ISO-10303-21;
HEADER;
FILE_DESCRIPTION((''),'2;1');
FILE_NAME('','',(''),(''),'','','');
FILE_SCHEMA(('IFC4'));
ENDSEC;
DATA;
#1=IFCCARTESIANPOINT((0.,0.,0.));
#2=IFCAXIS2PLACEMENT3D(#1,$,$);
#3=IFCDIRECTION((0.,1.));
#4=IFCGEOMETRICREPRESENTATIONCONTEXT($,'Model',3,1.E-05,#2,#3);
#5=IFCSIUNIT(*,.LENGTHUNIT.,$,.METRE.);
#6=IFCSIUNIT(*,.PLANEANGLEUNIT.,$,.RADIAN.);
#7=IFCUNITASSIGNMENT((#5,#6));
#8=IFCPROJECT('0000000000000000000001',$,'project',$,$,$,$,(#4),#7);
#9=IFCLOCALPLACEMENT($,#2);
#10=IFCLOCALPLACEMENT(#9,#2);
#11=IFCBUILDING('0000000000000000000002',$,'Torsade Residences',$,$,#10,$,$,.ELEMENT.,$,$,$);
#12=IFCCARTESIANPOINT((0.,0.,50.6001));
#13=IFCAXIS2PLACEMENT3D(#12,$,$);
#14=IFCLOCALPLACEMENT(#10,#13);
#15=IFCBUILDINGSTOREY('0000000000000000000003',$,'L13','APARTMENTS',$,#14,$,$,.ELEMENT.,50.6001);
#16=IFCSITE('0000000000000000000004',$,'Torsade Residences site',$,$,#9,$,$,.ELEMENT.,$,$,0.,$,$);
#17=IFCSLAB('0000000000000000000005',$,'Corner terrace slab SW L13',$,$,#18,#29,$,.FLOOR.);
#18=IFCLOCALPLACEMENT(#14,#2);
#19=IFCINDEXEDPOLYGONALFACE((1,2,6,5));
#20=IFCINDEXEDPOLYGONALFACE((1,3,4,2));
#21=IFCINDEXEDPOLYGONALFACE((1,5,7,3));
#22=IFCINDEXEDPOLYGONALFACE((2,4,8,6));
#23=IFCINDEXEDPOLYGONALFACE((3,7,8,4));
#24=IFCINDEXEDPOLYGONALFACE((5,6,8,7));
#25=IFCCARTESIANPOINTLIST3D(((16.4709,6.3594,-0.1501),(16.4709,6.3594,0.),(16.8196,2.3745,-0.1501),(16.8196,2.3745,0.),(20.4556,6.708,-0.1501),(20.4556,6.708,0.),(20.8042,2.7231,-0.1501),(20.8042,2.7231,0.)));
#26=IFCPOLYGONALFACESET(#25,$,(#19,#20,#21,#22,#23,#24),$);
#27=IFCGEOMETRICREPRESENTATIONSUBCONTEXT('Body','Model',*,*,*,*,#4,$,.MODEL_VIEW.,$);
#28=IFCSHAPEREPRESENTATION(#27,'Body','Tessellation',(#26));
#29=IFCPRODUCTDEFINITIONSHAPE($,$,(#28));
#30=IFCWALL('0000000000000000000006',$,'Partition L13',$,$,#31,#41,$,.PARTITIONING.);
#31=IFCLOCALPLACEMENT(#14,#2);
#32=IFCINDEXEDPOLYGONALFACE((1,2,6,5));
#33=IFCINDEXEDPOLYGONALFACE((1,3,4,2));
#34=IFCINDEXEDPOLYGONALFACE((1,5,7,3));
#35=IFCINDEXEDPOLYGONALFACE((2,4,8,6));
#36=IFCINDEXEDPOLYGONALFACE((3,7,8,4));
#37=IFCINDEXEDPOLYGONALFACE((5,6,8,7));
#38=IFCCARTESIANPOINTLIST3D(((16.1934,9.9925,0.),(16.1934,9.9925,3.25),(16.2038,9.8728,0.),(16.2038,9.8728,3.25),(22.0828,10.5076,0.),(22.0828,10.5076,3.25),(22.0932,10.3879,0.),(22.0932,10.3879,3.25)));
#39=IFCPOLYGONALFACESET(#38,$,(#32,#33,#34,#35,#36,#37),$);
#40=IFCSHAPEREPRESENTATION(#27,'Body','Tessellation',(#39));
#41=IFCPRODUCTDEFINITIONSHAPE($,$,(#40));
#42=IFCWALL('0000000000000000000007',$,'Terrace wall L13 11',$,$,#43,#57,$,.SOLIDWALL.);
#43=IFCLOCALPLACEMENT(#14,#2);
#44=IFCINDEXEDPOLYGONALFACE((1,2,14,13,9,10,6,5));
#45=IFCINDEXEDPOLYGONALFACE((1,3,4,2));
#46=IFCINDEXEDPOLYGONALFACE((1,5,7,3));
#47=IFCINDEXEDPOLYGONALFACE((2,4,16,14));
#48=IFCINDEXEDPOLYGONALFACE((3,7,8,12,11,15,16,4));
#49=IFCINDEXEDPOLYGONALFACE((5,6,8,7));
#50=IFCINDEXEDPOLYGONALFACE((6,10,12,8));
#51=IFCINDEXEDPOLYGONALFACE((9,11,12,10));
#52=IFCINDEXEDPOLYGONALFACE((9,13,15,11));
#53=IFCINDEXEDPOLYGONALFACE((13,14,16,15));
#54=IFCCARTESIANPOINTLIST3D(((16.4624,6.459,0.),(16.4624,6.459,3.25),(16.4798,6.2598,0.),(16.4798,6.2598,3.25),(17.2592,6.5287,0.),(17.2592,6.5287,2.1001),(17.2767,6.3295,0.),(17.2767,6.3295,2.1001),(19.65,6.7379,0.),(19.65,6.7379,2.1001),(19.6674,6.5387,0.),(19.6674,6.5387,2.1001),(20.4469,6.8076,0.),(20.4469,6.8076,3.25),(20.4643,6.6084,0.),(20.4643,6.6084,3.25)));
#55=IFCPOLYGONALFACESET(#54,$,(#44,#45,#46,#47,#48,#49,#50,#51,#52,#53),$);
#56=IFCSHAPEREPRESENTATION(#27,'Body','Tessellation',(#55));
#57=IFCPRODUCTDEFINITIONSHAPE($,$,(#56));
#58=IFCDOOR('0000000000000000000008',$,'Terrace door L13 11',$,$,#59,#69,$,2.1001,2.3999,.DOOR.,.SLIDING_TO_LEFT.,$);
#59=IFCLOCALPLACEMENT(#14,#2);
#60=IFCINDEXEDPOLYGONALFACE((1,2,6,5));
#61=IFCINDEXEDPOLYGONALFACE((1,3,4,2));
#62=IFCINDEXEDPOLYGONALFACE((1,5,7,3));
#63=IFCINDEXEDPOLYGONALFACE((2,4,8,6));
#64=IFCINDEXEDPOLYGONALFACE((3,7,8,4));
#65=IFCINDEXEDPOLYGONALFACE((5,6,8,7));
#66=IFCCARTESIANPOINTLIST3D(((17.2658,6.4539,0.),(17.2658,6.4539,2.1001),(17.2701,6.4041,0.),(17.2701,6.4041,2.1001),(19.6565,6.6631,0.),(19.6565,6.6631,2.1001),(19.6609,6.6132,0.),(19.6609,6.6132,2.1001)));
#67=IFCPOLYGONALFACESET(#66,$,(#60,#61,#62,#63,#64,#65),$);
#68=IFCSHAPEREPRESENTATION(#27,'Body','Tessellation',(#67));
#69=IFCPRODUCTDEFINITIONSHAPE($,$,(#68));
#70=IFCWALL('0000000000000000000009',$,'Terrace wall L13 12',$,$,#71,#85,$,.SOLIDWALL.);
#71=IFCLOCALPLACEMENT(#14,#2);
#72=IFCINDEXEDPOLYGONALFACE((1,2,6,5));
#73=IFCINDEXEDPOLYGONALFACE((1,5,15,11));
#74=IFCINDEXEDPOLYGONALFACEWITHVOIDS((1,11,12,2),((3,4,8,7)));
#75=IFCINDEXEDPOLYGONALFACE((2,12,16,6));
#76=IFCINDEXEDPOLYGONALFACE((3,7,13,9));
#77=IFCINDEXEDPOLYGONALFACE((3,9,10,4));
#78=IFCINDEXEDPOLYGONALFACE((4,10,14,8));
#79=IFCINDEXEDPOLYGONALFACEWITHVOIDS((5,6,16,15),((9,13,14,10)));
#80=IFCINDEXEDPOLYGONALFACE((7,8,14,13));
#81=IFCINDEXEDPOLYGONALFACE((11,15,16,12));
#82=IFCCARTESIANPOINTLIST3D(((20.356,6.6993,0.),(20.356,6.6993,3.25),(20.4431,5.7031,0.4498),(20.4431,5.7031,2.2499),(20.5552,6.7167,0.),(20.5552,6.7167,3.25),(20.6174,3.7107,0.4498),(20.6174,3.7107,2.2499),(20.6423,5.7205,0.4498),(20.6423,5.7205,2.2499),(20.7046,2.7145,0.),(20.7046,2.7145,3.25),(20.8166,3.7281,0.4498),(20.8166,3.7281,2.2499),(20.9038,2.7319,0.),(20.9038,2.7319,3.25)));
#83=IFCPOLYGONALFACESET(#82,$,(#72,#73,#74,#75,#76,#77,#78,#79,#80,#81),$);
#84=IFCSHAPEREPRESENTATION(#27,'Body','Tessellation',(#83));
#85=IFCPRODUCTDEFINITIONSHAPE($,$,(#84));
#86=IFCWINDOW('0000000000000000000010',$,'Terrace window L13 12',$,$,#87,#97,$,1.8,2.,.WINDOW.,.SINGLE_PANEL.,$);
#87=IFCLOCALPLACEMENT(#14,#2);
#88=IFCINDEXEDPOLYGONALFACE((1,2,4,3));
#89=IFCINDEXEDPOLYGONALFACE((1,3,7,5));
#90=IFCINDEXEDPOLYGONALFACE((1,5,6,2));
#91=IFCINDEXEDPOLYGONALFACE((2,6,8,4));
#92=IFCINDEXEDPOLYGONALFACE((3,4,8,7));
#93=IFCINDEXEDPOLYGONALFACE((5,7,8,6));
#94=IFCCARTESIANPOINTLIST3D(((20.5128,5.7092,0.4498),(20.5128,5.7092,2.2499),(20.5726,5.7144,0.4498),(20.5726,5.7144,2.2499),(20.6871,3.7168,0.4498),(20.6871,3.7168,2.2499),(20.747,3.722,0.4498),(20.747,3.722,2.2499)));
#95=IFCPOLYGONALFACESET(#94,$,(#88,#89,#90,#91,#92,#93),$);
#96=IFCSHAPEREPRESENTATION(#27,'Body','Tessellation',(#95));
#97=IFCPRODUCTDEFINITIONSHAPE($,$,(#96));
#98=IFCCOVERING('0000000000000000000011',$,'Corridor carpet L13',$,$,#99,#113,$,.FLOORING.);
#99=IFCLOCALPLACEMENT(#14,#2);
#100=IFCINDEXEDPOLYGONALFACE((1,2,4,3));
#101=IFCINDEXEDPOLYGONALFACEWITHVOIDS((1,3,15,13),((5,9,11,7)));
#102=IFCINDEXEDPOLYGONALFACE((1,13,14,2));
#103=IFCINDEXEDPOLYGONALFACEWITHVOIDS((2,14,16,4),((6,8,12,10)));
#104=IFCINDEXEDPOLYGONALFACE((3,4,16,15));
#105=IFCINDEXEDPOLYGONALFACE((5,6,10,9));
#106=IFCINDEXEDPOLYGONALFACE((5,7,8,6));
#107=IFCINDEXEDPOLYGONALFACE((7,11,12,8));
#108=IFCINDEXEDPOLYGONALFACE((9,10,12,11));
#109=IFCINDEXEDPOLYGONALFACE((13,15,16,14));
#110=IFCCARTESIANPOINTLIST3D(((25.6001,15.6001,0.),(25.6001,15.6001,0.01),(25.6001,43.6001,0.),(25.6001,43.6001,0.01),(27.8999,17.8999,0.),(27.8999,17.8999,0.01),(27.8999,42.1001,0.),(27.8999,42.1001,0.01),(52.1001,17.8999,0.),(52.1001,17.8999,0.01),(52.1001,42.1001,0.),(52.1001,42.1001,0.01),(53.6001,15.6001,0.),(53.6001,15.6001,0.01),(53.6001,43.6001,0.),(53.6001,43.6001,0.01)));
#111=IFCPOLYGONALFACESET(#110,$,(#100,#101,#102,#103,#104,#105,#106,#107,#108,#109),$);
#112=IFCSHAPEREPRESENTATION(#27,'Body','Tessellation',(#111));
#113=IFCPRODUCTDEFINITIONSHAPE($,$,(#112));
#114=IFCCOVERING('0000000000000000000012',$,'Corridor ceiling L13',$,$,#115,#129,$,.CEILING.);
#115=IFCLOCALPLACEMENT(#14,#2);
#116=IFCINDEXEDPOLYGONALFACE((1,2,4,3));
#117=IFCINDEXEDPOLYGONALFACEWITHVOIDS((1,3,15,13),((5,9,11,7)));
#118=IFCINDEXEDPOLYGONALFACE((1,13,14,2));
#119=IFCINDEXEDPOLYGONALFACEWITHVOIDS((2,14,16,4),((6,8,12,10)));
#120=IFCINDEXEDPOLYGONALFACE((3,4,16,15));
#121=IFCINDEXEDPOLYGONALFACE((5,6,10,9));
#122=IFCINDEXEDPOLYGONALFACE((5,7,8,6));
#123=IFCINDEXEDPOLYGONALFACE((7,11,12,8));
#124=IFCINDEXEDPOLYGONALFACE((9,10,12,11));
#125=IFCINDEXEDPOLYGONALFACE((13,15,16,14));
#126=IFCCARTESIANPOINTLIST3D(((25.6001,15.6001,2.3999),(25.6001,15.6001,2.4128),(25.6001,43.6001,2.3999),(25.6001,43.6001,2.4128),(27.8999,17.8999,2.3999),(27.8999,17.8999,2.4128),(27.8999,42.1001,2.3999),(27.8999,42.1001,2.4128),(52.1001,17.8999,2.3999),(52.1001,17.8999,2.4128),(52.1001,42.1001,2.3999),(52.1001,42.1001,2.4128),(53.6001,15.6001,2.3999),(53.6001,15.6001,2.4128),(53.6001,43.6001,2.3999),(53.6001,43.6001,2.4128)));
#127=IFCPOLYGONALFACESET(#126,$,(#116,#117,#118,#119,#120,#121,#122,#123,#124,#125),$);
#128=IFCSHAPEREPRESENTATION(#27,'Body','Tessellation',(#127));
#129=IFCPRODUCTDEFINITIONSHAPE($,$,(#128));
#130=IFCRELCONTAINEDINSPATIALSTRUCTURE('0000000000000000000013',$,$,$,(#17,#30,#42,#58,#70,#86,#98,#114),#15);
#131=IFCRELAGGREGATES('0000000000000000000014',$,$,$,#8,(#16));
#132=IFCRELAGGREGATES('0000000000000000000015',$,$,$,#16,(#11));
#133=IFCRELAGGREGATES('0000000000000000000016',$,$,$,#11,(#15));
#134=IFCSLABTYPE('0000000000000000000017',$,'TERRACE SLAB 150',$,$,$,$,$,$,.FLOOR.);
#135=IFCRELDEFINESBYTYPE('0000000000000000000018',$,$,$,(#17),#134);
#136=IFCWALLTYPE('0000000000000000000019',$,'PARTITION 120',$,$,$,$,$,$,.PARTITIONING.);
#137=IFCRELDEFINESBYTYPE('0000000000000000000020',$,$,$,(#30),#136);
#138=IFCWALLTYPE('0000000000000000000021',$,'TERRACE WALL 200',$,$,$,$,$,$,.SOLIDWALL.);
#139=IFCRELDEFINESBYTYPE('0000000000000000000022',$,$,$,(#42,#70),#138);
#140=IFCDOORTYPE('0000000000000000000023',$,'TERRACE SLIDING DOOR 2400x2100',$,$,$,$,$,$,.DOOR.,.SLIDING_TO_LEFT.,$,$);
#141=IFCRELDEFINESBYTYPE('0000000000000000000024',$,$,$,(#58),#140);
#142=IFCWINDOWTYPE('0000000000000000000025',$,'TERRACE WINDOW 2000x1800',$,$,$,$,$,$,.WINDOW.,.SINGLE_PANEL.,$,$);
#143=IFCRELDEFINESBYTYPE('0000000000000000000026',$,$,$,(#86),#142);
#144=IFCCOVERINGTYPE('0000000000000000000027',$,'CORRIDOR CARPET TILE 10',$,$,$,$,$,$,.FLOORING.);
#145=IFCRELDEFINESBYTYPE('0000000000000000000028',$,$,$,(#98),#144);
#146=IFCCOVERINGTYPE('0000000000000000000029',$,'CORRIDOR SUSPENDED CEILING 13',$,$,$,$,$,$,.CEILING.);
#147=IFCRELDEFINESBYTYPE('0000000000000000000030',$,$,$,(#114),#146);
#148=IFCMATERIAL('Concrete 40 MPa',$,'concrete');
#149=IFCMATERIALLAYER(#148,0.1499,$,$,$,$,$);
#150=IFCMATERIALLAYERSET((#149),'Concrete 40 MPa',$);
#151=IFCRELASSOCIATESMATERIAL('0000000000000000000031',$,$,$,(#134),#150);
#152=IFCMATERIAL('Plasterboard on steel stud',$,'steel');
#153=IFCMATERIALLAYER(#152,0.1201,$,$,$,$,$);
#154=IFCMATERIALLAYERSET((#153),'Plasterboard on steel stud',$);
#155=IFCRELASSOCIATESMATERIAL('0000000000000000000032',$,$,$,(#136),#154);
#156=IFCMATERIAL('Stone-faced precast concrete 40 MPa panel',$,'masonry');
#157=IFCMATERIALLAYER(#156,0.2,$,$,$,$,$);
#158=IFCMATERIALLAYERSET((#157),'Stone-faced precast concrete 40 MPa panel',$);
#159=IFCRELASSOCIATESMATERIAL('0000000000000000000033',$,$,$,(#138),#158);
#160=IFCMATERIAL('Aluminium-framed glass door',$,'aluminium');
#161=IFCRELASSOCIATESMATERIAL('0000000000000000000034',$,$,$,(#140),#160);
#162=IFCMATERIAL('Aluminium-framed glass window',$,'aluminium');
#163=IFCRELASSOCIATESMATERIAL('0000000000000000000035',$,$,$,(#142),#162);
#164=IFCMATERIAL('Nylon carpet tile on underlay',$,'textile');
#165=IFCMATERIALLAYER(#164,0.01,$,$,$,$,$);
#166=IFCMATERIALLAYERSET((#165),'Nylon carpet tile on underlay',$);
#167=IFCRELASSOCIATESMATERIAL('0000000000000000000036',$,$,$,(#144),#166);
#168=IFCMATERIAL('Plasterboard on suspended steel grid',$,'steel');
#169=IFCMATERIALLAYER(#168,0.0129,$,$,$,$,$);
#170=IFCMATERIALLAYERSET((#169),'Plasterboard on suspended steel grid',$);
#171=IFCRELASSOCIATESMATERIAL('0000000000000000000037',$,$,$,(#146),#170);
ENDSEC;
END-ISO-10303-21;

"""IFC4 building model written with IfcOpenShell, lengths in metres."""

from ifc_helpers import new_model, si_unit, direction, frame, frame_2d, origin, place, context, subcontext, project, spatial, polyline, rectangle, outline, extrude, material, layer, layer_set, type_object, element, fill, save


model = new_model("IFC4")

# Units and contexts
model_context = context("Model", 3, precision=1e-05, world=origin(), true_north=direction((0.0, 1.0)))
body_context = subcontext(model_context, "Body", "Model", "MODEL_VIEW")
ifc_project = project(units=[si_unit("LENGTHUNIT", "METRE"), si_unit("PLANEANGLEUNIT", "RADIAN")], contexts=[model_context])

# Site, building, storey
site_placement = place(None, origin())
site = spatial("IfcSite", under=ifc_project, at=site_placement, Name="Torsade Residences site", CompositionType="ELEMENT", RefElevation=0.0)
building_placement = place(site_placement, origin())
building = spatial("IfcBuilding", under=site, at=building_placement, Name="Torsade Residences", CompositionType="ELEMENT")
storey_placement = place(building_placement, frame((0.0, 0.0, 50.6001)))
storey = spatial("IfcBuildingStorey", under=building, at=storey_placement, Name="L13", Description="APARTMENTS", CompositionType="ELEMENT", Elevation=50.6001)

# Slab
ifc_material_1 = material(Name="Concrete 40 MPa", Category="concrete")
ifc_layer_1 = layer(ifc_material_1, 0.1499)
ifc_layer_set_1 = layer_set([ifc_layer_1], Name="Concrete 40 MPa")
slab_type_1 = type_object("IfcSlabType", Name="TERRACE SLAB 150", PredefinedType="FLOOR", material=ifc_layer_set_1)
slab_1_placement = place(storey_placement, frame((0.0, 0.0, -0.1501)))
element("IfcSlab", 1, at=slab_1_placement, inside=storey, type_object=slab_type_1, Name="Corner terrace slab SW L13", PredefinedType="FLOOR", context=body_context, shape_type="SweptSolid", body=[
    extrude(outline(polyline([(16.8196, 2.3745), (20.8042, 2.7231), (20.4556, 6.708), (16.4709, 6.3594), (16.8196, 2.3745)])), origin(), (0.0, 0.0, 1.0), 0.1501),
])

# Wall
ifc_material_2 = material(Name="Plasterboard on steel stud", Category="steel")
ifc_layer_2 = layer(ifc_material_2, 0.1201)
ifc_layer_set_2 = layer_set([ifc_layer_2], Name="Plasterboard on steel stud")
wall_type_1 = type_object("IfcWallType", Name="PARTITION 120", PredefinedType="PARTITIONING", material=ifc_layer_set_2)
wall_1_placement = place(storey_placement, frame((16.1985, 9.9326, 0.0), z_axis=(0.0, 0.0, 1.0), x_axis=(0.996196, 0.087136, 0.0)))
element("IfcWall", 2, at=wall_1_placement, inside=storey, type_object=wall_type_1, Name="Partition L13", PredefinedType="PARTITIONING", context=body_context, shape_type="SweptSolid", body=[
    extrude(rectangle(XDim=5.9119, YDim=0.1201, at=frame_2d((2.9561, 0.0))), origin(), (0.0, 0.0, 1.0), 3.25),
])

# Wall, opening, door
ifc_material_3 = material(Name="Stone-faced precast concrete 40 MPa panel", Category="masonry")
ifc_layer_3 = layer(ifc_material_3, 0.2)
ifc_layer_set_3 = layer_set([ifc_layer_3], Name="Stone-faced precast concrete 40 MPa panel")
wall_type_2 = type_object("IfcWallType", Name="TERRACE WALL 200", PredefinedType="SOLIDWALL", material=ifc_layer_set_3)
wall_2_placement = place(storey_placement, frame((16.4709, 6.3594, 0.0), z_axis=(0.0, 0.0, 1.0), x_axis=(0.996194, 0.087162, 0.0)))
wall_2 = element("IfcWall", 3, at=wall_2_placement, inside=storey, type_object=wall_type_2, Name="Terrace wall L13 11", PredefinedType="SOLIDWALL", context=body_context, shape_type="SweptSolid", body=[
    extrude(rectangle(XDim=3.9998, YDim=0.2, at=frame_2d((2.0, 0.0))), origin(), (0.0, 0.0, 1.0), 3.25),
])
opening_1_placement = place(wall_2_placement, frame((0.8, 0.0, 0.0)))
opening_1 = element("IfcOpeningElement", 4, at=opening_1_placement, cuts=wall_2, PredefinedType="OPENING", context=body_context, shape_type="SweptSolid", body=[
    extrude(rectangle(XDim=2.3999, YDim=2.1001, at=frame_2d((1.2, 1.05))), frame((0.0, 0.1099, 0.0), z_axis=(0.0, -1.0, 0.0), x_axis=(1.0, 0.0, 0.0)), (0.0, 0.0, 1.0), 0.22),
])
ifc_material_4 = material(Name="Aluminium-framed glass door", Category="aluminium")
door_type = type_object("IfcDoorType", Name="TERRACE SLIDING DOOR 2400x2100", OperationType="SLIDING_TO_LEFT", PredefinedType="DOOR", material=ifc_material_4)
door_placement = place(opening_1_placement, origin())
door = element("IfcDoor", 5, at=door_placement, inside=storey, type_object=door_type, Name="Terrace door L13 11", OperationType="SLIDING_TO_LEFT", OverallHeight=2.1001, OverallWidth=2.3999, PredefinedType="DOOR", context=body_context, shape_type="SweptSolid", body=[
    extrude(rectangle(XDim=2.3999, YDim=2.1001, at=frame_2d((1.2, 1.05))), frame((0.0, 0.0249, 0.0), z_axis=(0.0, -1.0, 0.0), x_axis=(1.0, 0.0, 0.0)), (0.0, 0.0, 1.0), 0.05),
])
fill(opening_1, door)

# Wall, opening, window
wall_3_placement = place(storey_placement, frame((20.4556, 6.708, 0.0), z_axis=(0.0, 0.0, 1.0), x_axis=(0.087156, -0.996195, 0.0)))
wall_3 = element("IfcWall", 6, at=wall_3_placement, inside=storey, type_object=wall_type_2, Name="Terrace wall L13 12", PredefinedType="SOLIDWALL", context=body_context, shape_type="SweptSolid", body=[
    extrude(rectangle(XDim=4.0, YDim=0.2, at=frame_2d((2.0, 0.0))), origin(), (0.0, 0.0, 1.0), 3.25),
])
opening_2_placement = place(wall_3_placement, frame((1.0, 0.0, 0.45)))
opening_2 = element("IfcOpeningElement", 7, at=opening_2_placement, cuts=wall_3, PredefinedType="OPENING", context=body_context, shape_type="SweptSolid", body=[
    extrude(rectangle(XDim=2.0, YDim=1.8, at=frame_2d((1.0, 0.8999))), frame((0.0, 0.1099, 0.0), z_axis=(0.0, -1.0, 0.0), x_axis=(1.0, 0.0, 0.0)), (0.0, 0.0, 1.0), 0.22),
])
ifc_material_5 = material(Name="Aluminium-framed glass window", Category="aluminium")
window_type = type_object("IfcWindowType", Name="TERRACE WINDOW 2000x1800", PartitioningType="SINGLE_PANEL", PredefinedType="WINDOW", material=ifc_material_5)
window_placement = place(opening_2_placement, origin())
window = element("IfcWindow", 8, at=window_placement, inside=storey, type_object=window_type, Name="Terrace window L13 12", OverallHeight=1.8, OverallWidth=2.0, PartitioningType="SINGLE_PANEL", PredefinedType="WINDOW", context=body_context, shape_type="SweptSolid", body=[
    extrude(rectangle(XDim=2.0, YDim=1.8, at=frame_2d((1.0, 0.8999))), frame((0.0, 0.03, 0.0), z_axis=(0.0, -1.0, 0.0), x_axis=(1.0, 0.0, 0.0)), (0.0, 0.0, 1.0), 0.0601),
])
fill(opening_2, window)

# Coverings
ifc_material_6 = material(Name="Nylon carpet tile on underlay", Category="textile")
ifc_layer_4 = layer(ifc_material_6, 0.01)
ifc_layer_set_4 = layer_set([ifc_layer_4], Name="Nylon carpet tile on underlay")
covering_type_1 = type_object("IfcCoveringType", Name="CORRIDOR CARPET TILE 10", PredefinedType="FLOORING", material=ifc_layer_set_4)
covering_1_placement = place(storey_placement, origin())
element("IfcCovering", 9, at=covering_1_placement, inside=storey, type_object=covering_type_1, Name="Corridor carpet L13", PredefinedType="FLOORING", context=body_context, shape_type="SweptSolid", body=[
    extrude(outline(polyline([(53.6001, 15.6001), (53.6001, 43.6001), (25.6001, 43.6001), (25.6001, 15.6001), (53.6001, 15.6001)]), holes=[polyline([(52.1001, 42.1001), (27.8999, 42.1001), (27.8999, 17.8999), (52.1001, 17.8999), (52.1001, 42.1001)])]), origin(), (0.0, 0.0, 1.0), 0.01),
])
ifc_material_7 = material(Name="Plasterboard on suspended steel grid", Category="steel")
ifc_layer_5 = layer(ifc_material_7, 0.0129)
ifc_layer_set_5 = layer_set([ifc_layer_5], Name="Plasterboard on suspended steel grid")
covering_type_2 = type_object("IfcCoveringType", Name="CORRIDOR SUSPENDED CEILING 13", PredefinedType="CEILING", material=ifc_layer_set_5)
covering_2_placement = place(storey_placement, frame((0.0, 0.0, 2.3999)))
element("IfcCovering", 10, at=covering_2_placement, inside=storey, type_object=covering_type_2, Name="Corridor ceiling L13", PredefinedType="CEILING", context=body_context, shape_type="SweptSolid", body=[
    extrude(outline(polyline([(53.6001, 15.6001), (53.6001, 43.6001), (25.6001, 43.6001), (25.6001, 15.6001), (53.6001, 15.6001)]), holes=[polyline([(52.1001, 42.1001), (27.8999, 42.1001), (27.8999, 17.8999), (52.1001, 17.8999), (52.1001, 42.1001)])]), origin(), (0.0, 0.0, 1.0), 0.0129),
])

save(model, "model.ifc")
